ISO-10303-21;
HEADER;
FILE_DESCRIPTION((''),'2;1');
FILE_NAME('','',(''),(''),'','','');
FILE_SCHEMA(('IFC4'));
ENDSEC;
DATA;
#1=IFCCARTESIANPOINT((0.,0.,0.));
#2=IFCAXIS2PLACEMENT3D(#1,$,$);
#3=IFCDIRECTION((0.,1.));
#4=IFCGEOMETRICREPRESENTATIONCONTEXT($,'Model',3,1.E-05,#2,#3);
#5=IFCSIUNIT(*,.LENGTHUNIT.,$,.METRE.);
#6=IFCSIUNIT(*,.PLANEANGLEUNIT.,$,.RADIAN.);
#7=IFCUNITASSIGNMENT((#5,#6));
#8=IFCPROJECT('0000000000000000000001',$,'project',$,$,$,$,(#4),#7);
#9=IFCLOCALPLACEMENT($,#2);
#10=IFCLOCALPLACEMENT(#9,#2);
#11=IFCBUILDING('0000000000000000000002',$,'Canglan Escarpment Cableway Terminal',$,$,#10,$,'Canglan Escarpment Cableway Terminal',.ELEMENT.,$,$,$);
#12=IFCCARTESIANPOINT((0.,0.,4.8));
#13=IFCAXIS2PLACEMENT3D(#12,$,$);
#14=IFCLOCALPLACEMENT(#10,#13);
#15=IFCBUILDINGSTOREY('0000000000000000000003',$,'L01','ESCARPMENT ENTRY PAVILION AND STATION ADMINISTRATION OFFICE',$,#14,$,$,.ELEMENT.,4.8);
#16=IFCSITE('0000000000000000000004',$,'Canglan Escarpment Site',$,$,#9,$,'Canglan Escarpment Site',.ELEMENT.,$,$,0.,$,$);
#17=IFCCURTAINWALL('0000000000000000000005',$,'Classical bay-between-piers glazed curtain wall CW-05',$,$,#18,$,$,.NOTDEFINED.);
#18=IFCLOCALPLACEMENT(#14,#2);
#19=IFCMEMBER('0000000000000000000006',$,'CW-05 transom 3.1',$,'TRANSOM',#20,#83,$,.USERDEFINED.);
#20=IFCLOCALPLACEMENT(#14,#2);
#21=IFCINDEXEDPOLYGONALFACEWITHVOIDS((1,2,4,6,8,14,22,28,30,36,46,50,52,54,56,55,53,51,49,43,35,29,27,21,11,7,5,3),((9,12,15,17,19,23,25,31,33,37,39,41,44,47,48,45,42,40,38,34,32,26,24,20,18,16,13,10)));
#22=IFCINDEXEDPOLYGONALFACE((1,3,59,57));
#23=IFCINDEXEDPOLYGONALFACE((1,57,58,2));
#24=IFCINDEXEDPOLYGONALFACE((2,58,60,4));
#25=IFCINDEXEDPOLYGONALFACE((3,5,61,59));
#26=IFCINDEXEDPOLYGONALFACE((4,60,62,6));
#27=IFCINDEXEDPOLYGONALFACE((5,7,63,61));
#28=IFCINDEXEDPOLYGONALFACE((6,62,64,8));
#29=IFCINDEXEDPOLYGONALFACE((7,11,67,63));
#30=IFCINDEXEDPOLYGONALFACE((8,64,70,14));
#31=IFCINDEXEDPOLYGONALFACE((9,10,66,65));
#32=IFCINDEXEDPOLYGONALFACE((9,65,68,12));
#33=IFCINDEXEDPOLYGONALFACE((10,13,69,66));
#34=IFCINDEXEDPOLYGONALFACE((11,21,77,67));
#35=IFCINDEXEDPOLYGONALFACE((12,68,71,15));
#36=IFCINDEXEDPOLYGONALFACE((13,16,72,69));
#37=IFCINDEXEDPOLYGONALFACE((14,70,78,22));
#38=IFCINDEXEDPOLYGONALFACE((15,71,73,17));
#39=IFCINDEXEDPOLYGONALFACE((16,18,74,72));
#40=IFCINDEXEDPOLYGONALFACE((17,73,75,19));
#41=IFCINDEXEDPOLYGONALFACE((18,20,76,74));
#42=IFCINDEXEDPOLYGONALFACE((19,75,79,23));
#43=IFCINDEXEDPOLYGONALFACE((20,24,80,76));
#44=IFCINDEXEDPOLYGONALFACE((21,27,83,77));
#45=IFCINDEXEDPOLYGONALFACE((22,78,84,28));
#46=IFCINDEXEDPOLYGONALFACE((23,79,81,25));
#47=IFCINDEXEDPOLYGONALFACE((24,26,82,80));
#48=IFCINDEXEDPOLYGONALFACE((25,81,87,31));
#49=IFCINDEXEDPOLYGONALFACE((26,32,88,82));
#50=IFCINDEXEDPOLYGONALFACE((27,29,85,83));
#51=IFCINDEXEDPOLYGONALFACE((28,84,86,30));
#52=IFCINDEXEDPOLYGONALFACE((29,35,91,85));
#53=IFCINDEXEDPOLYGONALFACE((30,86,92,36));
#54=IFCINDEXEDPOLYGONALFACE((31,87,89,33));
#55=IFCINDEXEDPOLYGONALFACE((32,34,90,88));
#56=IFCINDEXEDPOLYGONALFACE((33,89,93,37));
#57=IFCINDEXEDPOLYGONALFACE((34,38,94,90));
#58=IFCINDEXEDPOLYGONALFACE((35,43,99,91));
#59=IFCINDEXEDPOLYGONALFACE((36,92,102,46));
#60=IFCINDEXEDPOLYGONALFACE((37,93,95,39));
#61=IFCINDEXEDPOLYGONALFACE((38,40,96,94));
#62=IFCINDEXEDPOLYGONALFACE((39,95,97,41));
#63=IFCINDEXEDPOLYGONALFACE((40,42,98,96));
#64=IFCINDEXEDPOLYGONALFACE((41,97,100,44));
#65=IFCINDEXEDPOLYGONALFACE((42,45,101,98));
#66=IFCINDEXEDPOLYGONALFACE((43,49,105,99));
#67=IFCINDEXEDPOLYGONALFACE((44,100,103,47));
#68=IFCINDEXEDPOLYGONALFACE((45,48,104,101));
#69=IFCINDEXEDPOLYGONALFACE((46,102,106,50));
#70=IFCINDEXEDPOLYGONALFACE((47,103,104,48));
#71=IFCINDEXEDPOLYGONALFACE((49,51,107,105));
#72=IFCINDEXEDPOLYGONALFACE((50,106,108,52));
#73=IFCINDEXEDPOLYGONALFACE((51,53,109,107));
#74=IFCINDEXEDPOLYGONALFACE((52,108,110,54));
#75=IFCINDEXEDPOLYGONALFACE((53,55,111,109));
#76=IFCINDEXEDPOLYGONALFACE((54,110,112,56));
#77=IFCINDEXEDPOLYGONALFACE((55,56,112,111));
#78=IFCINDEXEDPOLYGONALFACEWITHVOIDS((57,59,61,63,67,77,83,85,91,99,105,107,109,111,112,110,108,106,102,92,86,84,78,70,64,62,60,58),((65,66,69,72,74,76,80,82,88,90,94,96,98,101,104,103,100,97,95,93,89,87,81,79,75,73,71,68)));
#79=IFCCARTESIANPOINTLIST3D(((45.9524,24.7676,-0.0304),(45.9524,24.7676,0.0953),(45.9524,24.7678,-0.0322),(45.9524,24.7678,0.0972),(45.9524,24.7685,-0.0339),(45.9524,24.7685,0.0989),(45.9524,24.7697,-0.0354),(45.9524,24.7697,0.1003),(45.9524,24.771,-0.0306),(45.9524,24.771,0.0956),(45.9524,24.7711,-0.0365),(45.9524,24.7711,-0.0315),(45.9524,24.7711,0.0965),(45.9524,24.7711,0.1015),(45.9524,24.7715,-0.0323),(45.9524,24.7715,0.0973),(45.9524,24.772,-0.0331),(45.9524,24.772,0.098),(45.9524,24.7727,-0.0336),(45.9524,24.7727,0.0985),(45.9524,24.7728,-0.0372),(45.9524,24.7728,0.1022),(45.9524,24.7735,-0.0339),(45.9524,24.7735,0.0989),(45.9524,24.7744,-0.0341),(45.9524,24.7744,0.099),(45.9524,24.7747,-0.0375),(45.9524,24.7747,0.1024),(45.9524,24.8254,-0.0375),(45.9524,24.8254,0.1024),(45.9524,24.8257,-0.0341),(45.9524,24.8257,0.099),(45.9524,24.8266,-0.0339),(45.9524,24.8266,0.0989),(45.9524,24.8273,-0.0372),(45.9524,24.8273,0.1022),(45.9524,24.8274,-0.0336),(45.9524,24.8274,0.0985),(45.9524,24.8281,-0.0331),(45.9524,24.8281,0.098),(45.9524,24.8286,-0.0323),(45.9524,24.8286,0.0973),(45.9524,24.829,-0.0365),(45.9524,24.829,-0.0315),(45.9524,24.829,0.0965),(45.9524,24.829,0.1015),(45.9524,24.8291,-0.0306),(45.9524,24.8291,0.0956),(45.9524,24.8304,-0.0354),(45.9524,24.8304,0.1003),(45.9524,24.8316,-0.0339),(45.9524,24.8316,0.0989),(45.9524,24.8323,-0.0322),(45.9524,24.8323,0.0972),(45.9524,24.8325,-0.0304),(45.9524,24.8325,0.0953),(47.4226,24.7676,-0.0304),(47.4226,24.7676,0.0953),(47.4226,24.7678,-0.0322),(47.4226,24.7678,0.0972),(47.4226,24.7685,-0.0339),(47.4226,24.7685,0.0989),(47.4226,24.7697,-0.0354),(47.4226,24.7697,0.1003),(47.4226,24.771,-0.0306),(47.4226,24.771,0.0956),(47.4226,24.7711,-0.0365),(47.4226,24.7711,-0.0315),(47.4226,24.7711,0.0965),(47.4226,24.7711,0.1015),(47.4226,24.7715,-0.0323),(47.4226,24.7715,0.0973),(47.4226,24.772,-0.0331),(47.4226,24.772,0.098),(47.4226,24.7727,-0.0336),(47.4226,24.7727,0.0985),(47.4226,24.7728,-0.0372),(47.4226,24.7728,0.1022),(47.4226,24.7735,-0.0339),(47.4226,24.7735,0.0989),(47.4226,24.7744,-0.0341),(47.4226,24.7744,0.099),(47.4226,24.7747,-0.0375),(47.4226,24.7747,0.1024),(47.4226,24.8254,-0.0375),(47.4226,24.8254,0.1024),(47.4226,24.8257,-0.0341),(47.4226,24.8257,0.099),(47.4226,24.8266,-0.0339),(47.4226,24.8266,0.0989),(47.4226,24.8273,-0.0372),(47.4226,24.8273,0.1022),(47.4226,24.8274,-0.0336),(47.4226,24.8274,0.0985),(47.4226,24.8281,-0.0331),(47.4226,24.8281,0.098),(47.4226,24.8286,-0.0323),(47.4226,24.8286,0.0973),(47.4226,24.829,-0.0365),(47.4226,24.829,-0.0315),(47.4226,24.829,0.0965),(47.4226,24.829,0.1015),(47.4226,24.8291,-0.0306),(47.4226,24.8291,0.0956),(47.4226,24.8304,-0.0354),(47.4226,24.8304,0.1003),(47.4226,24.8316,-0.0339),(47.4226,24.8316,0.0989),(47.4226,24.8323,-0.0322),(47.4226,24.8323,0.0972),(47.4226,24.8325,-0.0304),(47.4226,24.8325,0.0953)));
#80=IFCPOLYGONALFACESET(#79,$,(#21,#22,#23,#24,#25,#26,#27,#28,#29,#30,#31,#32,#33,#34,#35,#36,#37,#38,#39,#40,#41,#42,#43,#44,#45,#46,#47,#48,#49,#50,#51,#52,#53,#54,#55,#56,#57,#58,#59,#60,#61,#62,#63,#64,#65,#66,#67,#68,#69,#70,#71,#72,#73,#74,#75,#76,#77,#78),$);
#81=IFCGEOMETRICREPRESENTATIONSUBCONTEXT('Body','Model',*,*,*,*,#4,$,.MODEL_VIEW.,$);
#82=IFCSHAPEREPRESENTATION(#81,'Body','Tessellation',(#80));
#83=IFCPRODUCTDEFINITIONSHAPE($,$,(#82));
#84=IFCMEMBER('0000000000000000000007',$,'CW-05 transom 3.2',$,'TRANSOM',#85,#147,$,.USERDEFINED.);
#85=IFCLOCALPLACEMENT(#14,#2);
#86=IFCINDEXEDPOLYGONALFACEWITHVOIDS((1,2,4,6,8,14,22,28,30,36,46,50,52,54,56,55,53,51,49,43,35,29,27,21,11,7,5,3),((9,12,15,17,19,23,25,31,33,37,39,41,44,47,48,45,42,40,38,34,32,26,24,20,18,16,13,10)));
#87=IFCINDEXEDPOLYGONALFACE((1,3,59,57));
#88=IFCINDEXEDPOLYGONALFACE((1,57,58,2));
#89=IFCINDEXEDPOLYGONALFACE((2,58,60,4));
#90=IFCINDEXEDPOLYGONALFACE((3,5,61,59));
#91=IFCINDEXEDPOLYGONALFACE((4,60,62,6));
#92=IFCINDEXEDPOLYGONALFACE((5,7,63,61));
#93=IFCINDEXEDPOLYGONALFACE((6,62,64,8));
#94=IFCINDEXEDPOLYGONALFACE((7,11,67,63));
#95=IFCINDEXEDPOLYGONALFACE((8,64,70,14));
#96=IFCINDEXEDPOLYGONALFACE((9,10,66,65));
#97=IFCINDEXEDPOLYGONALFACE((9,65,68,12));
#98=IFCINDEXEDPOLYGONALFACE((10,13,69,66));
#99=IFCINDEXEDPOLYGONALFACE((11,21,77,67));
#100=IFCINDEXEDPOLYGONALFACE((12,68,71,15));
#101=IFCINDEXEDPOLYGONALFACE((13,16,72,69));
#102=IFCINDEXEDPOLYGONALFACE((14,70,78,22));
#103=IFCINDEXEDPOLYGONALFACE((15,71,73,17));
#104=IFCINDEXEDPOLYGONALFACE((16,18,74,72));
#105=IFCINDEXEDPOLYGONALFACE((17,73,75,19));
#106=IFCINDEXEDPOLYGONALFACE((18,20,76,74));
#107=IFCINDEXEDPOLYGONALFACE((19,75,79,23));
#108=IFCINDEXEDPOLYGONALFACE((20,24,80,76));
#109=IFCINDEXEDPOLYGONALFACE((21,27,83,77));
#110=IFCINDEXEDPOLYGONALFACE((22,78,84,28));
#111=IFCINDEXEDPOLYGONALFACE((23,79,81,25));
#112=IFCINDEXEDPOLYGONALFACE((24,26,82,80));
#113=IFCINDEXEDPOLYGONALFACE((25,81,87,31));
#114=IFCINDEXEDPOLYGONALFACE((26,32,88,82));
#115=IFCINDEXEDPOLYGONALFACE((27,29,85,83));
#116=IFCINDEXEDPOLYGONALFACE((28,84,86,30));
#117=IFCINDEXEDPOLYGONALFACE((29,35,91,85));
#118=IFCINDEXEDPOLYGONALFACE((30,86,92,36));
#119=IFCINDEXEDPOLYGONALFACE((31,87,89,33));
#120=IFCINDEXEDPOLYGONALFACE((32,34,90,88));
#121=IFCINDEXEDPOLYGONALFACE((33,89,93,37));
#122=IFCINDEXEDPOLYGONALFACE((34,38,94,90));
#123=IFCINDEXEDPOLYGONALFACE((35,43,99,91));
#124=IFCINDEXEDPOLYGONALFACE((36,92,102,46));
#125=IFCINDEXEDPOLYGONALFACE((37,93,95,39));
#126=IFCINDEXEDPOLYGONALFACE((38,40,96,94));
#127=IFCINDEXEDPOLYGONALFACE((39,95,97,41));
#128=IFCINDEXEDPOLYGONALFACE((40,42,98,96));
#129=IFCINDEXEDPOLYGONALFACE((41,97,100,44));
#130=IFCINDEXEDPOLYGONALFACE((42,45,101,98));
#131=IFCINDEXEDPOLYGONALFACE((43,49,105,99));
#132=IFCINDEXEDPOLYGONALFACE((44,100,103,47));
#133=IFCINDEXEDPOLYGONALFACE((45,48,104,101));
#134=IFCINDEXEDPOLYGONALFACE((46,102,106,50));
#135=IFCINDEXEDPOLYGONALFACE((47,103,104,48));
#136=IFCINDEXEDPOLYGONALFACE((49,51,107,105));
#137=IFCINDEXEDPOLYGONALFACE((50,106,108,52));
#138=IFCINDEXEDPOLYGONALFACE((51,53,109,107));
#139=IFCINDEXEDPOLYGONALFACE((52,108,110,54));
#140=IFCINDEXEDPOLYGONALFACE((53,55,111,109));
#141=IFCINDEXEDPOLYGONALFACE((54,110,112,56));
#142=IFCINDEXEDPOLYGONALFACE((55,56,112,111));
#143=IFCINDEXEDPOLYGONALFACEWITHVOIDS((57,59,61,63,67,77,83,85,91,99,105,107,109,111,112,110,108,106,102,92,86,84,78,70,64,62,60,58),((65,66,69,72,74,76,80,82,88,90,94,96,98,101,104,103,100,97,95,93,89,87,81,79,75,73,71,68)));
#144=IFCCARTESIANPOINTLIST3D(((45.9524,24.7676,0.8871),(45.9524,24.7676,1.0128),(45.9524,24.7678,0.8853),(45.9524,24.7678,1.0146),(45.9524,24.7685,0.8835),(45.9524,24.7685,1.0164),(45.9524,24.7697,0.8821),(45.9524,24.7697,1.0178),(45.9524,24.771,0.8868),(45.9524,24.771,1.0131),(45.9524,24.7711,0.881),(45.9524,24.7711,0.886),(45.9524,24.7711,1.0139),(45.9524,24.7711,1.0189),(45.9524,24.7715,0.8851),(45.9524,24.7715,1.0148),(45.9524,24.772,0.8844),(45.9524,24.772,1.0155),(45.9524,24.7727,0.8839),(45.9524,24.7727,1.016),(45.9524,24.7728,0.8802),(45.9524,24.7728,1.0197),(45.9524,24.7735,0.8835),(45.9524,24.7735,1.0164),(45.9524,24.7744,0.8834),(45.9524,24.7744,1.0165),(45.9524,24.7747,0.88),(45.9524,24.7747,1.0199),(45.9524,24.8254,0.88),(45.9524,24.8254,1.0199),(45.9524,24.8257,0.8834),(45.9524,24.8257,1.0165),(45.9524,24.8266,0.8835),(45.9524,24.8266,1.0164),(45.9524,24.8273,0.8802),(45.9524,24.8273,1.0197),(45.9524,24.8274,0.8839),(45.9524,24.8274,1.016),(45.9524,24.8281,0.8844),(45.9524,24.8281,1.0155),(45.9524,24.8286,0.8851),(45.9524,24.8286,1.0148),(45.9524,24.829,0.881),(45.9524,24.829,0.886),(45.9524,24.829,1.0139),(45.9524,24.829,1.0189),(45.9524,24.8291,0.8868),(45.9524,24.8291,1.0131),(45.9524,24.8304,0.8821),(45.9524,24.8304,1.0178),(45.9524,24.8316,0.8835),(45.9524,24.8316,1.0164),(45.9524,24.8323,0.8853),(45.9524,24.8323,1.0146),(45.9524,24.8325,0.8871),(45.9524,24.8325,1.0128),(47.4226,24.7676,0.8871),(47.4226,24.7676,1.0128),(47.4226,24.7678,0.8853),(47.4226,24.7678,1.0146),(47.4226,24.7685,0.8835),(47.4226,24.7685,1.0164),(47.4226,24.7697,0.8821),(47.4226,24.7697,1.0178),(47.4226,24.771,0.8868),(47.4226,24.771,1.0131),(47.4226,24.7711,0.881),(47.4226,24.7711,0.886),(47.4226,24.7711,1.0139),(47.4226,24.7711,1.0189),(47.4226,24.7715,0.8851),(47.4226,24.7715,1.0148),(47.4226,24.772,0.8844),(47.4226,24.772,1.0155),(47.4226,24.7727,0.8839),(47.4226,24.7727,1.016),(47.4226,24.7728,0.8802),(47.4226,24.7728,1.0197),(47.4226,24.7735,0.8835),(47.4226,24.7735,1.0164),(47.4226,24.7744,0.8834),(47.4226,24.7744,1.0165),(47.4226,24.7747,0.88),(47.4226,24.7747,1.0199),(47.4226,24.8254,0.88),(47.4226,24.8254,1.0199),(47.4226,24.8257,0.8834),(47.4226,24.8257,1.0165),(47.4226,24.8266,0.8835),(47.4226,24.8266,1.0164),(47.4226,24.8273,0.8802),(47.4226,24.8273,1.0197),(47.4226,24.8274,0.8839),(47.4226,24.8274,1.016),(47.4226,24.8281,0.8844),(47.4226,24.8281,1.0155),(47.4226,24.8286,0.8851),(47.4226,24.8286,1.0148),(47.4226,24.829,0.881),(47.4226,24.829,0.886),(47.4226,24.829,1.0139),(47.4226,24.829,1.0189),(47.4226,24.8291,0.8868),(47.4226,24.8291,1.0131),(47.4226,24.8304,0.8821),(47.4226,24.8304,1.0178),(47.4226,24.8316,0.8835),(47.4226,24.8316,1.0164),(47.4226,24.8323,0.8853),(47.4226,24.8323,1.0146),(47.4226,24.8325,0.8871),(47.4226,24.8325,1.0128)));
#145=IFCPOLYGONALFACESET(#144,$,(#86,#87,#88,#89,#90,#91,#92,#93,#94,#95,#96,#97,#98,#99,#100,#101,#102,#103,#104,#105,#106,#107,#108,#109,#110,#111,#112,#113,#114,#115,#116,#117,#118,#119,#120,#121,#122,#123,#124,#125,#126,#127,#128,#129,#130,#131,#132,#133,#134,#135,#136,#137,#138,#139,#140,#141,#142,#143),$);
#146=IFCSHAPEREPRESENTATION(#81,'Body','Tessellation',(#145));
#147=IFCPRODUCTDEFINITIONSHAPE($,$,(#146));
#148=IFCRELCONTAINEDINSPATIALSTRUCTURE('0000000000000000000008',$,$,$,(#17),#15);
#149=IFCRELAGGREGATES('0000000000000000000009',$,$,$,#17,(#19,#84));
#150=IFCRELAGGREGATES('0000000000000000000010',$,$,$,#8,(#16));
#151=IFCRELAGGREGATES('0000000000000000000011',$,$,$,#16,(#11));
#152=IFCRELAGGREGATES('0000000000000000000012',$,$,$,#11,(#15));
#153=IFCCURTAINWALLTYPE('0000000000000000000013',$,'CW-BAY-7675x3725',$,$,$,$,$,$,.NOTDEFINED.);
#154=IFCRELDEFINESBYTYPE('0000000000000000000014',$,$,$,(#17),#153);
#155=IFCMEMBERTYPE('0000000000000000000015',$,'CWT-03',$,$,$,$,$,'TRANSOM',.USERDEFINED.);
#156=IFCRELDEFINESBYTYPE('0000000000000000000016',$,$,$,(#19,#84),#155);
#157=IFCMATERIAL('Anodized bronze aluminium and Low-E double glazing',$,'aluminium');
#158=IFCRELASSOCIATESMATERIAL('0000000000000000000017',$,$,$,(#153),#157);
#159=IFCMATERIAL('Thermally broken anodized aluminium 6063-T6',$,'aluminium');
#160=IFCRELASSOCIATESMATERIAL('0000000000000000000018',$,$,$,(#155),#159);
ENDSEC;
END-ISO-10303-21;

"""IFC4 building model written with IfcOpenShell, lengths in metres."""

from ifc_helpers import new_model, si_unit, direction, frame, origin, origin_2d, place, context, subcontext, project, spatial, hollow_rectangle, extrude, material, material_profile, profile_set, type_object, element, aggregate, save


model = new_model("IFC4")

# Units and contexts
model_context = context("Model", 3, precision=1e-05, world=origin(), true_north=direction((0.0, 1.0)))
body_context = subcontext(model_context, "Body", "Model", "MODEL_VIEW")
ifc_project = project(units=[si_unit("LENGTHUNIT", "METRE"), si_unit("PLANEANGLEUNIT", "RADIAN")], contexts=[model_context])

# Site, building, storey
site_placement = place(None, origin())
site = spatial("IfcSite", under=ifc_project, at=site_placement, Name="Canglan Escarpment Site", LongName="Canglan Escarpment Site", CompositionType="ELEMENT", RefElevation=0.0)
building_placement = place(site_placement, origin())
building = spatial("IfcBuilding", under=site, at=building_placement, Name="Canglan Escarpment Cableway Terminal", LongName="Canglan Escarpment Cableway Terminal", CompositionType="ELEMENT")
storey_placement = place(building_placement, frame((0.0, 0.0, 4.8)))
storey = spatial("IfcBuildingStorey", under=building, at=storey_placement, Name="L01", Description="ESCARPMENT ENTRY PAVILION AND STATION ADMINISTRATION OFFICE", CompositionType="ELEMENT", Elevation=4.8)

# Curtain wall, members
ifc_material_1 = material(Name="Anodized bronze aluminium and Low-E double glazing", Category="aluminium")
curtain_wall_type = type_object("IfcCurtainWallType", Name="CW-BAY-7675x3725", PredefinedType="NOTDEFINED", material=ifc_material_1)
curtain_wall_placement = place(storey_placement, origin())
curtain_wall = element("IfcCurtainWall", 1, at=curtain_wall_placement, inside=storey, type_object=curtain_wall_type, Name="Classical bay-between-piers glazed curtain wall CW-05", PredefinedType="NOTDEFINED")
ifc_material_2 = material(Name="Thermally broken anodized aluminium 6063-T6", Category="aluminium")
ifc_material_profile_1 = material_profile(ifc_material_2, hollow_rectangle(XDim=0.0649, YDim=0.1399, WallThickness=0.0034, InnerFilletRadius=0.0034, OuterFilletRadius=0.0071, at=origin_2d()), Name="ALU-TRAN 65x140x3.5")
ifc_profile_set_1 = profile_set([ifc_material_profile_1], Name="Thermally broken anodized aluminium 6063-T6")
member_type_1 = type_object("IfcMemberType", Name="CWT-03", ElementType="TRANSOM", PredefinedType="USERDEFINED", material=ifc_profile_set_1)
member_1_placement = place(storey_placement, frame((47.4226, 24.8, 0.0325), z_axis=(-1.0, 0.0, 0.0), x_axis=(0.0, -1.0, 0.0)))
member_1 = element("IfcMember", 2, at=member_1_placement, type_object=member_type_1, Name="CW-05 transom 3.1", ObjectType="TRANSOM", PredefinedType="USERDEFINED", context=body_context, shape_type="SweptSolid", body=[
    extrude(hollow_rectangle(XDim=0.0649, YDim=0.1399, WallThickness=0.0034, InnerFilletRadius=0.0034, OuterFilletRadius=0.0071, at=origin_2d()), origin(), (0.0, 0.0, 1.0), 1.4702),
])
member_2_placement = place(storey_placement, frame((47.4226, 24.8, 0.95), z_axis=(-1.0, 0.0, 0.0), x_axis=(0.0, -1.0, 0.0)))
member_2 = element("IfcMember", 3, at=member_2_placement, type_object=member_type_1, Name="CW-05 transom 3.2", ObjectType="TRANSOM", PredefinedType="USERDEFINED", context=body_context, shape_type="SweptSolid", body=[
    extrude(hollow_rectangle(XDim=0.0649, YDim=0.1399, WallThickness=0.0034, InnerFilletRadius=0.0034, OuterFilletRadius=0.0071, at=origin_2d()), origin(), (0.0, 0.0, 1.0), 1.4702),
])
aggregate(curtain_wall, [member_1, member_2])

save(model, "model.ifc")
